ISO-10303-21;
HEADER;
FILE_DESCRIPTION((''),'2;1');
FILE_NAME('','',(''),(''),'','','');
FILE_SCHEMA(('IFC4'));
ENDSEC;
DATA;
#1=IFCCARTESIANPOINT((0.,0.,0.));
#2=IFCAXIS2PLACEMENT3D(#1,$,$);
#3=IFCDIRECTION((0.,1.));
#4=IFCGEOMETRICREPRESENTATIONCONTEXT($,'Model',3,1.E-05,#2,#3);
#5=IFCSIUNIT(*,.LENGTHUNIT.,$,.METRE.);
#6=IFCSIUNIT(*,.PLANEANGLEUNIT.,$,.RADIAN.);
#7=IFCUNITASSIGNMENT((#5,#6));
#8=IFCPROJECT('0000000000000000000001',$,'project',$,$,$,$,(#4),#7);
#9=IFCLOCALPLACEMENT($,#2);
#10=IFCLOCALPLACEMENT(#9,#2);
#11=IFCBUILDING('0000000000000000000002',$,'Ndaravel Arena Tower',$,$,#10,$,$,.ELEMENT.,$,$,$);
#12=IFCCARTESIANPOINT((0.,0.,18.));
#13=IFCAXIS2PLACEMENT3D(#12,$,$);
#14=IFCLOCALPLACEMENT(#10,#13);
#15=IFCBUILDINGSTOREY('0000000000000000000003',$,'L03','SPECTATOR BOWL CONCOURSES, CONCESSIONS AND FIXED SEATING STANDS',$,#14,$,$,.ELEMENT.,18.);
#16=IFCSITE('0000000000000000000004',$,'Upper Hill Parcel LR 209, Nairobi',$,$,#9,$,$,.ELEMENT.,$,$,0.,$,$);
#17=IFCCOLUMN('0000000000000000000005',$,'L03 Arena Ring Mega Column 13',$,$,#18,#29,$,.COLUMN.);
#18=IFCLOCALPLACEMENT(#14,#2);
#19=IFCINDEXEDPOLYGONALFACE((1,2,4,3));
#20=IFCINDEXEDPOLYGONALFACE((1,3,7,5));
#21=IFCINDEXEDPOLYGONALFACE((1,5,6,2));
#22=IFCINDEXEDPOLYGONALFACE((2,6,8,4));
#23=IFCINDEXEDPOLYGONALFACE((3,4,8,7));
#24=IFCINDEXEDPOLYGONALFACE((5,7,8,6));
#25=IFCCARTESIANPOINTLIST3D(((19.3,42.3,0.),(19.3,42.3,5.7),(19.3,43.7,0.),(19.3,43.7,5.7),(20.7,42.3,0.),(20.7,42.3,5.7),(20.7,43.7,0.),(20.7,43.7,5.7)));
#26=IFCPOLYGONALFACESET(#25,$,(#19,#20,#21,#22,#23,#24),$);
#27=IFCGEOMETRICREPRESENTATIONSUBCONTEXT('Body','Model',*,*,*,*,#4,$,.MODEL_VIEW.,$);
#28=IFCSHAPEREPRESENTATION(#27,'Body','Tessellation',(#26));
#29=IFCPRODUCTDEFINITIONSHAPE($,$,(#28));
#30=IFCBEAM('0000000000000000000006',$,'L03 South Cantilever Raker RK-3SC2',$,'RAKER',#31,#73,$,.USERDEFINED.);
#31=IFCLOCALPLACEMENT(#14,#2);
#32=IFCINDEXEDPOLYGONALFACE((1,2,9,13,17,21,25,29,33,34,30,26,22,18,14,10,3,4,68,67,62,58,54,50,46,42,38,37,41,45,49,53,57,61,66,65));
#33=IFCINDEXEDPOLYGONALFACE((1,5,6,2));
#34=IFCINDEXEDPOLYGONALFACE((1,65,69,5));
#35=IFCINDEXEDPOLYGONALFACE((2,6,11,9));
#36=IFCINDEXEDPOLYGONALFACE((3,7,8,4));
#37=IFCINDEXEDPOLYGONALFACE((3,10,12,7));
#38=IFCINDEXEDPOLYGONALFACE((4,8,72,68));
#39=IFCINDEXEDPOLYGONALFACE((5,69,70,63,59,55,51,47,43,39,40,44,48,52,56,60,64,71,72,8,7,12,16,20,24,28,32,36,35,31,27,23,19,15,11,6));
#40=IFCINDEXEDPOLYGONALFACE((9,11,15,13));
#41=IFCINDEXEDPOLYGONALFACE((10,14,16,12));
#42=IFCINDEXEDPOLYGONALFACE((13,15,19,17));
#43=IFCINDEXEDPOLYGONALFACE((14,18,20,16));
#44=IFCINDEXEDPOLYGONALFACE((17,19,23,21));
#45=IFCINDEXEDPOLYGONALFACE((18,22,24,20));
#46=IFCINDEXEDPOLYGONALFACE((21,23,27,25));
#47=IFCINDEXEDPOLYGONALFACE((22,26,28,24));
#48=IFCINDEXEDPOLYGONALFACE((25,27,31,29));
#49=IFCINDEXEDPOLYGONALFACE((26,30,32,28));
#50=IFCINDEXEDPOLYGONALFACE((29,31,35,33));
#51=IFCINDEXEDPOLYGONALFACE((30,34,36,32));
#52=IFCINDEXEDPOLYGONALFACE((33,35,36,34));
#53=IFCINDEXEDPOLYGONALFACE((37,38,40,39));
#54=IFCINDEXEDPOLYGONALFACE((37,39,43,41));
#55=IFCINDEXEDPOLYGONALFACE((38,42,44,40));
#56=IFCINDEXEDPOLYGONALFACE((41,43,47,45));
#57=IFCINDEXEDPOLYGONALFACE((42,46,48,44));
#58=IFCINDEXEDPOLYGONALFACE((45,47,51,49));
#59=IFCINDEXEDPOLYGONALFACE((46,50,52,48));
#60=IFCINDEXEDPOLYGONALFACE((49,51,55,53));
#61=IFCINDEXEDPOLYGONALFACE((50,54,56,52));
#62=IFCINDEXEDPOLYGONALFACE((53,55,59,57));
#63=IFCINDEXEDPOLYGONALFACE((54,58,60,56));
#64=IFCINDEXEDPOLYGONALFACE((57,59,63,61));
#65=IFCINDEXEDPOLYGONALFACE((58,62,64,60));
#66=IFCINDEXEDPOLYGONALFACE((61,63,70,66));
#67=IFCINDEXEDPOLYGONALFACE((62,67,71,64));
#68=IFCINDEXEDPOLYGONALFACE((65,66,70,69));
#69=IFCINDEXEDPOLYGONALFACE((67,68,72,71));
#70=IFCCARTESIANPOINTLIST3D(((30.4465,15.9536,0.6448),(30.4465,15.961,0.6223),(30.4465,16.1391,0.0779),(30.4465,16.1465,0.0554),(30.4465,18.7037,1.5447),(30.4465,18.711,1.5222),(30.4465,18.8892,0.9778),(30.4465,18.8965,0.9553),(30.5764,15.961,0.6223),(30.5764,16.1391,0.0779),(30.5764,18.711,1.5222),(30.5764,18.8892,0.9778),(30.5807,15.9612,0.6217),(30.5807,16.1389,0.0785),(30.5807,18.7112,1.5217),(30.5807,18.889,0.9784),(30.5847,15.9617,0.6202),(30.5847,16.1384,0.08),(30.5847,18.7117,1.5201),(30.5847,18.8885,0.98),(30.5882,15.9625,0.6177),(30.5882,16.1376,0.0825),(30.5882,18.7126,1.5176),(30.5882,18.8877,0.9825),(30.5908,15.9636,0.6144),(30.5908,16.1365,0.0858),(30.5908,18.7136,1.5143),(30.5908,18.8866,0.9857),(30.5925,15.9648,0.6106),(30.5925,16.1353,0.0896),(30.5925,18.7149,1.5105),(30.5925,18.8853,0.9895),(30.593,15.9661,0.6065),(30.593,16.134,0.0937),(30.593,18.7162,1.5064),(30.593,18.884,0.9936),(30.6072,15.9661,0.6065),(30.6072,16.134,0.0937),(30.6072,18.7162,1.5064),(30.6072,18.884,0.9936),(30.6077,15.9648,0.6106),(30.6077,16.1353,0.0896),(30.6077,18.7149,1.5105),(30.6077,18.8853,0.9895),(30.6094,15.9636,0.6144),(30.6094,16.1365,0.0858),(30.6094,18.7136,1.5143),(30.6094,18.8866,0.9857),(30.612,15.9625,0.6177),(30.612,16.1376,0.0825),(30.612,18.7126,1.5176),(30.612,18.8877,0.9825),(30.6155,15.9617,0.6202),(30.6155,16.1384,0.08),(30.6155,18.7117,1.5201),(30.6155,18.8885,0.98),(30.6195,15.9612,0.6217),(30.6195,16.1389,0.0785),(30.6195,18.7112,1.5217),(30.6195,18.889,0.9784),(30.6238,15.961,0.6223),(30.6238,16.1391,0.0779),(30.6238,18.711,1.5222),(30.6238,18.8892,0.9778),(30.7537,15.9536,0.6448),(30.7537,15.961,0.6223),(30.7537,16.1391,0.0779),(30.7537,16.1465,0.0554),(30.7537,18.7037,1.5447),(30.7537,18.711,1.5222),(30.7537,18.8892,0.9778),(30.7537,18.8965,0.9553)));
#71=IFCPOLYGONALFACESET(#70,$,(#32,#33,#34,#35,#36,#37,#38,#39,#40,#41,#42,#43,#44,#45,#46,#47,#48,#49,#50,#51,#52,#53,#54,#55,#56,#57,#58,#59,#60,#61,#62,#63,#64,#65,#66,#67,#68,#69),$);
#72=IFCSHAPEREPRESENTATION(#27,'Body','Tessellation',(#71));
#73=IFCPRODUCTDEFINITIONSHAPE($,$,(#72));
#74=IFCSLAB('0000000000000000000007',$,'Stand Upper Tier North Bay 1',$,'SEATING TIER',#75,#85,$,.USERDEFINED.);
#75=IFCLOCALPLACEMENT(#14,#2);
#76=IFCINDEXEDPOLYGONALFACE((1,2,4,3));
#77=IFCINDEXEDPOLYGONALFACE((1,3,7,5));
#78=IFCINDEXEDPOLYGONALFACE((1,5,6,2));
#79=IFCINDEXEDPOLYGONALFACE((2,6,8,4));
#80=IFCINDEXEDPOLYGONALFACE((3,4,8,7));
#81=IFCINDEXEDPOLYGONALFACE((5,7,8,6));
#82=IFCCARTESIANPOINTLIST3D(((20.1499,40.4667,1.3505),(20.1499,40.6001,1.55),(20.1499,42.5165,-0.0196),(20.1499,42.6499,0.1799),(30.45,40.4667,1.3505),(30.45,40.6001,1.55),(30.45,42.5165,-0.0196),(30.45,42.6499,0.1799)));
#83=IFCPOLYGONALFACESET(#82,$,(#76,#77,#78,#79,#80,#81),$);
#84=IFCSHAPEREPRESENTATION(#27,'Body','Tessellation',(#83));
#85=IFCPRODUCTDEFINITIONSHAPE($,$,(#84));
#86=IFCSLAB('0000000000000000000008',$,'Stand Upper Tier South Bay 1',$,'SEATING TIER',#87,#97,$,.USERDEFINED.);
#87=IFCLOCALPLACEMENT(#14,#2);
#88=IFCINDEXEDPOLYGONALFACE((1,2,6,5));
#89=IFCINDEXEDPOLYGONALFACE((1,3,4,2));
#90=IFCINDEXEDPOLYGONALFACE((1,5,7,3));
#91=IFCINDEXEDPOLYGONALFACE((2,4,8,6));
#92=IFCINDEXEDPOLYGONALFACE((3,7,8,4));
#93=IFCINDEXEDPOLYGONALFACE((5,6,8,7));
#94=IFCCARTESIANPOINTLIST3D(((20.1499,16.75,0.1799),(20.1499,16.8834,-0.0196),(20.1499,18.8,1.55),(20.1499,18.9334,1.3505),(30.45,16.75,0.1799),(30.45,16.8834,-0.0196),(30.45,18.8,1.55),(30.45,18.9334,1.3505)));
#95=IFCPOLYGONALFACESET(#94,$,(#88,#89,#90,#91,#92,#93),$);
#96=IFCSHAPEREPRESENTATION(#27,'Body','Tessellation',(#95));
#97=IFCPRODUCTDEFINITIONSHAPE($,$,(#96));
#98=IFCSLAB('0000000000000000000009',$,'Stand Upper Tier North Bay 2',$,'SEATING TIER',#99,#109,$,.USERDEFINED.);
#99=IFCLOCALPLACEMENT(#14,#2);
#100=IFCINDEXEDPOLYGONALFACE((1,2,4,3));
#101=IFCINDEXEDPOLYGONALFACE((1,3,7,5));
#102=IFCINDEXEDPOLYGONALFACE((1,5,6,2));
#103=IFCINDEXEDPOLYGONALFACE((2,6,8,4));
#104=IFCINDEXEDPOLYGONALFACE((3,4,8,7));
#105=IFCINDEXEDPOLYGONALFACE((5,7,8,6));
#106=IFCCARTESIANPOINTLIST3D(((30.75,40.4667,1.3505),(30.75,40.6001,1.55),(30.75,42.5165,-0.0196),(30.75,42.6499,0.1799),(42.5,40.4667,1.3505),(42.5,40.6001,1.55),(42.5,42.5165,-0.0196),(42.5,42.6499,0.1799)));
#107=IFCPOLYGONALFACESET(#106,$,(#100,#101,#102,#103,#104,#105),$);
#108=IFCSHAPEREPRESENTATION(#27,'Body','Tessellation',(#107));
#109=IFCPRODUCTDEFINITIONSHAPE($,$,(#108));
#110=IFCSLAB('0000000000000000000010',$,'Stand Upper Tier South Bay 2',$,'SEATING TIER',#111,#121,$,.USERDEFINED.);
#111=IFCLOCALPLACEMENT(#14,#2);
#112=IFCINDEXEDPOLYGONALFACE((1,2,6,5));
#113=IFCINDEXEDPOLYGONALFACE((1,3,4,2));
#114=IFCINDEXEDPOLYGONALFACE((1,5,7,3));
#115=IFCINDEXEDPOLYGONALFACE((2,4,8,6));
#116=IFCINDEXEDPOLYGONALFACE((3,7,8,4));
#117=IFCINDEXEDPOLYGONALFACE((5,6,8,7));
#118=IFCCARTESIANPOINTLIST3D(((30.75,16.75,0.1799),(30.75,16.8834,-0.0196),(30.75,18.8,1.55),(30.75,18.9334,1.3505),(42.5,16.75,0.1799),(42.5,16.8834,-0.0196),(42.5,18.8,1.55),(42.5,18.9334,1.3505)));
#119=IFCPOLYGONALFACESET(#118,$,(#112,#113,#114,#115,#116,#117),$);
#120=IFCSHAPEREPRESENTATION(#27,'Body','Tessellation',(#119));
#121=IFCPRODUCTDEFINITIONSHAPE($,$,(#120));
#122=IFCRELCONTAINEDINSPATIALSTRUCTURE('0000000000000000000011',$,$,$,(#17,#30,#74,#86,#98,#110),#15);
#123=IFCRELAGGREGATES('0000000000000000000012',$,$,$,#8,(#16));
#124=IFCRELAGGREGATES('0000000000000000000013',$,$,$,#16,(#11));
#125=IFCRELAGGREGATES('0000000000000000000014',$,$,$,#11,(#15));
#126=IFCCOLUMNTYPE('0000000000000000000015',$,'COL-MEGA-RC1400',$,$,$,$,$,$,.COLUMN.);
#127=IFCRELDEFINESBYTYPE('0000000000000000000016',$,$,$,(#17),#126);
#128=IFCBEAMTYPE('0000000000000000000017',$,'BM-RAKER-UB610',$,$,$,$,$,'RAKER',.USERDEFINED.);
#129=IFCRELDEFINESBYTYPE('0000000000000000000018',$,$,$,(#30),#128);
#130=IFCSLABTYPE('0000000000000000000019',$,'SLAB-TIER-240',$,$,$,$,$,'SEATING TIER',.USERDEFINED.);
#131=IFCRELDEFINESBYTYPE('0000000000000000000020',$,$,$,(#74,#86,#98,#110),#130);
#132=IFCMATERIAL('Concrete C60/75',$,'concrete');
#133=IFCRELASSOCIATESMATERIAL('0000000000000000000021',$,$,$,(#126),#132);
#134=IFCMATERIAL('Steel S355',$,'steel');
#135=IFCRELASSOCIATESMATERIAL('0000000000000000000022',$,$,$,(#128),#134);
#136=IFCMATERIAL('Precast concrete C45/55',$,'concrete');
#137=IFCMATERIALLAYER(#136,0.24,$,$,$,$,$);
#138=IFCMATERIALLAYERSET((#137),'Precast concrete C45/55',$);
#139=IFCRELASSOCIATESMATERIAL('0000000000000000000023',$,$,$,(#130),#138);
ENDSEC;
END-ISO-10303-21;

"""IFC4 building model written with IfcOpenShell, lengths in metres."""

from ifc_helpers import new_model, si_unit, direction, frame, origin, origin_2d, place, context, subcontext, project, spatial, polyline, rectangle, i_section, outline, extrude, material, layer, layer_set, material_profile, profile_set, type_object, element, save


model = new_model("IFC4")

# Units and contexts
model_context = context("Model", 3, precision=1e-05, world=origin(), true_north=direction((0.0, 1.0)))
body_context = subcontext(model_context, "Body", "Model", "MODEL_VIEW")
ifc_project = project(units=[si_unit("LENGTHUNIT", "METRE"), si_unit("PLANEANGLEUNIT", "RADIAN")], contexts=[model_context])

# Site, building, storey
site_placement = place(None, origin())
site = spatial("IfcSite", under=ifc_project, at=site_placement, Name="Upper Hill Parcel LR 209, Nairobi", CompositionType="ELEMENT", RefElevation=0.0)
building_placement = place(site_placement, origin())
building = spatial("IfcBuilding", under=site, at=building_placement, Name="Ndaravel Arena Tower", CompositionType="ELEMENT")
storey_placement = place(building_placement, frame((0.0, 0.0, 18.0)))
storey = spatial("IfcBuildingStorey", under=building, at=storey_placement, Name="L03", Description="SPECTATOR BOWL CONCOURSES, CONCESSIONS AND FIXED SEATING STANDS", CompositionType="ELEMENT", Elevation=18.0)

# Column
ifc_material_1 = material(Name="Concrete C60/75", Category="concrete")
ifc_material_profile_1 = material_profile(ifc_material_1, rectangle(XDim=1.3999, YDim=1.3999, at=origin_2d()), Name="RC 1400x1400")
ifc_profile_set_1 = profile_set([ifc_material_profile_1], Name="Concrete C60/75")
column_type = type_object("IfcColumnType", Name="COL-MEGA-RC1400", PredefinedType="COLUMN", material=ifc_profile_set_1)
column_placement = place(storey_placement, frame((20.0, 43.0, 0.0), z_axis=(0.0, 0.0, 1.0), x_axis=(1.0, 0.0, 0.0)))
element("IfcColumn", 1, at=column_placement, inside=storey, type_object=column_type, Name="L03 Arena Ring Mega Column 13", PredefinedType="COLUMN", context=body_context, shape_type="SweptSolid", body=[
    extrude(rectangle(XDim=1.3999, YDim=1.3999, at=origin_2d()), origin(), (0.0, 0.0, 1.0), 5.7),
])

# Beam
ifc_material_2 = material(Name="Steel S355", Category="steel")
ifc_material_profile_2 = material_profile(ifc_material_2, i_section(OverallWidth=0.3071, OverallDepth=0.6201, WebThickness=0.0142, FlangeThickness=0.0237, FilletRadius=0.0166, at=origin_2d()), Name="UB 610x305x179")
ifc_profile_set_2 = profile_set([ifc_material_profile_2], Name="Steel S355")
beam_type = type_object("IfcBeamType", Name="BM-RAKER-UB610", ElementType="RAKER", PredefinedType="USERDEFINED", material=ifc_profile_set_2)
beam_placement = place(storey_placement, frame((30.6001, 16.05, 0.3501), z_axis=(0.0, 0.950407, 0.311009), x_axis=(-1.0, 0.0, 0.0)))
element("IfcBeam", 2, at=beam_placement, inside=storey, type_object=beam_type, Name="L03 South Cantilever Raker RK-3SC2", ObjectType="RAKER", PredefinedType="USERDEFINED", context=body_context, shape_type="SweptSolid", body=[
    extrude(i_section(OverallWidth=0.3071, OverallDepth=0.6201, WebThickness=0.0142, FlangeThickness=0.0237, FilletRadius=0.0166, at=origin_2d()), origin(), (0.0, 0.0, 1.0), 2.8936),
])

# Slabs
ifc_material_3 = material(Name="Precast concrete C45/55", Category="concrete")
ifc_layer_1 = layer(ifc_material_3, 0.24)
ifc_layer_set_1 = layer_set([ifc_layer_1], Name="Precast concrete C45/55")
slab_type = type_object("IfcSlabType", Name="SLAB-TIER-240", ElementType="SEATING TIER", PredefinedType="USERDEFINED", material=ifc_layer_set_1)
slab_1_placement = place(storey_placement, frame((20.1499, 40.6001, 1.55), z_axis=(0.0, 0.555705, 0.831379), x_axis=(1.0, 0.0, 0.0)))
element("IfcSlab", 3, at=slab_1_placement, inside=storey, type_object=slab_type, Name="Stand Upper Tier North Bay 1", ObjectType="SEATING TIER", PredefinedType="USERDEFINED", context=body_context, shape_type="SweptSolid", body=[
    extrude(outline(polyline([(0.0, 0.0), (10.3, 0.0), (10.3, 2.4655), (0.0, 2.4655), (0.0, 0.0)])), origin(), (0.0, 0.0, -1.0), 0.24),
])
slab_2_placement = place(storey_placement, frame((20.1499, 16.75, 0.1799), z_axis=(0.0, -0.555659, 0.83141), x_axis=(1.0, 0.0, 0.0)))
element("IfcSlab", 4, at=slab_2_placement, inside=storey, type_object=slab_type, Name="Stand Upper Tier South Bay 1", ObjectType="SEATING TIER", PredefinedType="USERDEFINED", context=body_context, shape_type="SweptSolid", body=[
    extrude(outline(polyline([(0.0, 0.0), (10.3, 0.0), (10.3, 2.4657), (0.0, 2.4657), (0.0, 0.0)])), origin(), (0.0, 0.0, -1.0), 0.24),
])
slab_3_placement = place(storey_placement, frame((30.75, 40.6001, 1.55), z_axis=(0.0, 0.555705, 0.831379), x_axis=(1.0, 0.0, 0.0)))
element("IfcSlab", 5, at=slab_3_placement, inside=storey, type_object=slab_type, Name="Stand Upper Tier North Bay 2", ObjectType="SEATING TIER", PredefinedType="USERDEFINED", context=body_context, shape_type="SweptSolid", body=[
    extrude(outline(polyline([(0.0, 0.0), (11.75, 0.0), (11.75, 2.4655), (0.0, 2.4655), (0.0, 0.0)])), origin(), (0.0, 0.0, -1.0), 0.24),
])
slab_4_placement = place(storey_placement, frame((30.75, 16.75, 0.1799), z_axis=(0.0, -0.555659, 0.83141), x_axis=(1.0, 0.0, 0.0)))
element("IfcSlab", 6, at=slab_4_placement, inside=storey, type_object=slab_type, Name="Stand Upper Tier South Bay 2", ObjectType="SEATING TIER", PredefinedType="USERDEFINED", context=body_context, shape_type="SweptSolid", body=[
    extrude(outline(polyline([(0.0, 0.0), (11.75, 0.0), (11.75, 2.4657), (0.0, 2.4657), (0.0, 0.0)])), origin(), (0.0, 0.0, -1.0), 0.24),
])

save(model, "model.ifc")
